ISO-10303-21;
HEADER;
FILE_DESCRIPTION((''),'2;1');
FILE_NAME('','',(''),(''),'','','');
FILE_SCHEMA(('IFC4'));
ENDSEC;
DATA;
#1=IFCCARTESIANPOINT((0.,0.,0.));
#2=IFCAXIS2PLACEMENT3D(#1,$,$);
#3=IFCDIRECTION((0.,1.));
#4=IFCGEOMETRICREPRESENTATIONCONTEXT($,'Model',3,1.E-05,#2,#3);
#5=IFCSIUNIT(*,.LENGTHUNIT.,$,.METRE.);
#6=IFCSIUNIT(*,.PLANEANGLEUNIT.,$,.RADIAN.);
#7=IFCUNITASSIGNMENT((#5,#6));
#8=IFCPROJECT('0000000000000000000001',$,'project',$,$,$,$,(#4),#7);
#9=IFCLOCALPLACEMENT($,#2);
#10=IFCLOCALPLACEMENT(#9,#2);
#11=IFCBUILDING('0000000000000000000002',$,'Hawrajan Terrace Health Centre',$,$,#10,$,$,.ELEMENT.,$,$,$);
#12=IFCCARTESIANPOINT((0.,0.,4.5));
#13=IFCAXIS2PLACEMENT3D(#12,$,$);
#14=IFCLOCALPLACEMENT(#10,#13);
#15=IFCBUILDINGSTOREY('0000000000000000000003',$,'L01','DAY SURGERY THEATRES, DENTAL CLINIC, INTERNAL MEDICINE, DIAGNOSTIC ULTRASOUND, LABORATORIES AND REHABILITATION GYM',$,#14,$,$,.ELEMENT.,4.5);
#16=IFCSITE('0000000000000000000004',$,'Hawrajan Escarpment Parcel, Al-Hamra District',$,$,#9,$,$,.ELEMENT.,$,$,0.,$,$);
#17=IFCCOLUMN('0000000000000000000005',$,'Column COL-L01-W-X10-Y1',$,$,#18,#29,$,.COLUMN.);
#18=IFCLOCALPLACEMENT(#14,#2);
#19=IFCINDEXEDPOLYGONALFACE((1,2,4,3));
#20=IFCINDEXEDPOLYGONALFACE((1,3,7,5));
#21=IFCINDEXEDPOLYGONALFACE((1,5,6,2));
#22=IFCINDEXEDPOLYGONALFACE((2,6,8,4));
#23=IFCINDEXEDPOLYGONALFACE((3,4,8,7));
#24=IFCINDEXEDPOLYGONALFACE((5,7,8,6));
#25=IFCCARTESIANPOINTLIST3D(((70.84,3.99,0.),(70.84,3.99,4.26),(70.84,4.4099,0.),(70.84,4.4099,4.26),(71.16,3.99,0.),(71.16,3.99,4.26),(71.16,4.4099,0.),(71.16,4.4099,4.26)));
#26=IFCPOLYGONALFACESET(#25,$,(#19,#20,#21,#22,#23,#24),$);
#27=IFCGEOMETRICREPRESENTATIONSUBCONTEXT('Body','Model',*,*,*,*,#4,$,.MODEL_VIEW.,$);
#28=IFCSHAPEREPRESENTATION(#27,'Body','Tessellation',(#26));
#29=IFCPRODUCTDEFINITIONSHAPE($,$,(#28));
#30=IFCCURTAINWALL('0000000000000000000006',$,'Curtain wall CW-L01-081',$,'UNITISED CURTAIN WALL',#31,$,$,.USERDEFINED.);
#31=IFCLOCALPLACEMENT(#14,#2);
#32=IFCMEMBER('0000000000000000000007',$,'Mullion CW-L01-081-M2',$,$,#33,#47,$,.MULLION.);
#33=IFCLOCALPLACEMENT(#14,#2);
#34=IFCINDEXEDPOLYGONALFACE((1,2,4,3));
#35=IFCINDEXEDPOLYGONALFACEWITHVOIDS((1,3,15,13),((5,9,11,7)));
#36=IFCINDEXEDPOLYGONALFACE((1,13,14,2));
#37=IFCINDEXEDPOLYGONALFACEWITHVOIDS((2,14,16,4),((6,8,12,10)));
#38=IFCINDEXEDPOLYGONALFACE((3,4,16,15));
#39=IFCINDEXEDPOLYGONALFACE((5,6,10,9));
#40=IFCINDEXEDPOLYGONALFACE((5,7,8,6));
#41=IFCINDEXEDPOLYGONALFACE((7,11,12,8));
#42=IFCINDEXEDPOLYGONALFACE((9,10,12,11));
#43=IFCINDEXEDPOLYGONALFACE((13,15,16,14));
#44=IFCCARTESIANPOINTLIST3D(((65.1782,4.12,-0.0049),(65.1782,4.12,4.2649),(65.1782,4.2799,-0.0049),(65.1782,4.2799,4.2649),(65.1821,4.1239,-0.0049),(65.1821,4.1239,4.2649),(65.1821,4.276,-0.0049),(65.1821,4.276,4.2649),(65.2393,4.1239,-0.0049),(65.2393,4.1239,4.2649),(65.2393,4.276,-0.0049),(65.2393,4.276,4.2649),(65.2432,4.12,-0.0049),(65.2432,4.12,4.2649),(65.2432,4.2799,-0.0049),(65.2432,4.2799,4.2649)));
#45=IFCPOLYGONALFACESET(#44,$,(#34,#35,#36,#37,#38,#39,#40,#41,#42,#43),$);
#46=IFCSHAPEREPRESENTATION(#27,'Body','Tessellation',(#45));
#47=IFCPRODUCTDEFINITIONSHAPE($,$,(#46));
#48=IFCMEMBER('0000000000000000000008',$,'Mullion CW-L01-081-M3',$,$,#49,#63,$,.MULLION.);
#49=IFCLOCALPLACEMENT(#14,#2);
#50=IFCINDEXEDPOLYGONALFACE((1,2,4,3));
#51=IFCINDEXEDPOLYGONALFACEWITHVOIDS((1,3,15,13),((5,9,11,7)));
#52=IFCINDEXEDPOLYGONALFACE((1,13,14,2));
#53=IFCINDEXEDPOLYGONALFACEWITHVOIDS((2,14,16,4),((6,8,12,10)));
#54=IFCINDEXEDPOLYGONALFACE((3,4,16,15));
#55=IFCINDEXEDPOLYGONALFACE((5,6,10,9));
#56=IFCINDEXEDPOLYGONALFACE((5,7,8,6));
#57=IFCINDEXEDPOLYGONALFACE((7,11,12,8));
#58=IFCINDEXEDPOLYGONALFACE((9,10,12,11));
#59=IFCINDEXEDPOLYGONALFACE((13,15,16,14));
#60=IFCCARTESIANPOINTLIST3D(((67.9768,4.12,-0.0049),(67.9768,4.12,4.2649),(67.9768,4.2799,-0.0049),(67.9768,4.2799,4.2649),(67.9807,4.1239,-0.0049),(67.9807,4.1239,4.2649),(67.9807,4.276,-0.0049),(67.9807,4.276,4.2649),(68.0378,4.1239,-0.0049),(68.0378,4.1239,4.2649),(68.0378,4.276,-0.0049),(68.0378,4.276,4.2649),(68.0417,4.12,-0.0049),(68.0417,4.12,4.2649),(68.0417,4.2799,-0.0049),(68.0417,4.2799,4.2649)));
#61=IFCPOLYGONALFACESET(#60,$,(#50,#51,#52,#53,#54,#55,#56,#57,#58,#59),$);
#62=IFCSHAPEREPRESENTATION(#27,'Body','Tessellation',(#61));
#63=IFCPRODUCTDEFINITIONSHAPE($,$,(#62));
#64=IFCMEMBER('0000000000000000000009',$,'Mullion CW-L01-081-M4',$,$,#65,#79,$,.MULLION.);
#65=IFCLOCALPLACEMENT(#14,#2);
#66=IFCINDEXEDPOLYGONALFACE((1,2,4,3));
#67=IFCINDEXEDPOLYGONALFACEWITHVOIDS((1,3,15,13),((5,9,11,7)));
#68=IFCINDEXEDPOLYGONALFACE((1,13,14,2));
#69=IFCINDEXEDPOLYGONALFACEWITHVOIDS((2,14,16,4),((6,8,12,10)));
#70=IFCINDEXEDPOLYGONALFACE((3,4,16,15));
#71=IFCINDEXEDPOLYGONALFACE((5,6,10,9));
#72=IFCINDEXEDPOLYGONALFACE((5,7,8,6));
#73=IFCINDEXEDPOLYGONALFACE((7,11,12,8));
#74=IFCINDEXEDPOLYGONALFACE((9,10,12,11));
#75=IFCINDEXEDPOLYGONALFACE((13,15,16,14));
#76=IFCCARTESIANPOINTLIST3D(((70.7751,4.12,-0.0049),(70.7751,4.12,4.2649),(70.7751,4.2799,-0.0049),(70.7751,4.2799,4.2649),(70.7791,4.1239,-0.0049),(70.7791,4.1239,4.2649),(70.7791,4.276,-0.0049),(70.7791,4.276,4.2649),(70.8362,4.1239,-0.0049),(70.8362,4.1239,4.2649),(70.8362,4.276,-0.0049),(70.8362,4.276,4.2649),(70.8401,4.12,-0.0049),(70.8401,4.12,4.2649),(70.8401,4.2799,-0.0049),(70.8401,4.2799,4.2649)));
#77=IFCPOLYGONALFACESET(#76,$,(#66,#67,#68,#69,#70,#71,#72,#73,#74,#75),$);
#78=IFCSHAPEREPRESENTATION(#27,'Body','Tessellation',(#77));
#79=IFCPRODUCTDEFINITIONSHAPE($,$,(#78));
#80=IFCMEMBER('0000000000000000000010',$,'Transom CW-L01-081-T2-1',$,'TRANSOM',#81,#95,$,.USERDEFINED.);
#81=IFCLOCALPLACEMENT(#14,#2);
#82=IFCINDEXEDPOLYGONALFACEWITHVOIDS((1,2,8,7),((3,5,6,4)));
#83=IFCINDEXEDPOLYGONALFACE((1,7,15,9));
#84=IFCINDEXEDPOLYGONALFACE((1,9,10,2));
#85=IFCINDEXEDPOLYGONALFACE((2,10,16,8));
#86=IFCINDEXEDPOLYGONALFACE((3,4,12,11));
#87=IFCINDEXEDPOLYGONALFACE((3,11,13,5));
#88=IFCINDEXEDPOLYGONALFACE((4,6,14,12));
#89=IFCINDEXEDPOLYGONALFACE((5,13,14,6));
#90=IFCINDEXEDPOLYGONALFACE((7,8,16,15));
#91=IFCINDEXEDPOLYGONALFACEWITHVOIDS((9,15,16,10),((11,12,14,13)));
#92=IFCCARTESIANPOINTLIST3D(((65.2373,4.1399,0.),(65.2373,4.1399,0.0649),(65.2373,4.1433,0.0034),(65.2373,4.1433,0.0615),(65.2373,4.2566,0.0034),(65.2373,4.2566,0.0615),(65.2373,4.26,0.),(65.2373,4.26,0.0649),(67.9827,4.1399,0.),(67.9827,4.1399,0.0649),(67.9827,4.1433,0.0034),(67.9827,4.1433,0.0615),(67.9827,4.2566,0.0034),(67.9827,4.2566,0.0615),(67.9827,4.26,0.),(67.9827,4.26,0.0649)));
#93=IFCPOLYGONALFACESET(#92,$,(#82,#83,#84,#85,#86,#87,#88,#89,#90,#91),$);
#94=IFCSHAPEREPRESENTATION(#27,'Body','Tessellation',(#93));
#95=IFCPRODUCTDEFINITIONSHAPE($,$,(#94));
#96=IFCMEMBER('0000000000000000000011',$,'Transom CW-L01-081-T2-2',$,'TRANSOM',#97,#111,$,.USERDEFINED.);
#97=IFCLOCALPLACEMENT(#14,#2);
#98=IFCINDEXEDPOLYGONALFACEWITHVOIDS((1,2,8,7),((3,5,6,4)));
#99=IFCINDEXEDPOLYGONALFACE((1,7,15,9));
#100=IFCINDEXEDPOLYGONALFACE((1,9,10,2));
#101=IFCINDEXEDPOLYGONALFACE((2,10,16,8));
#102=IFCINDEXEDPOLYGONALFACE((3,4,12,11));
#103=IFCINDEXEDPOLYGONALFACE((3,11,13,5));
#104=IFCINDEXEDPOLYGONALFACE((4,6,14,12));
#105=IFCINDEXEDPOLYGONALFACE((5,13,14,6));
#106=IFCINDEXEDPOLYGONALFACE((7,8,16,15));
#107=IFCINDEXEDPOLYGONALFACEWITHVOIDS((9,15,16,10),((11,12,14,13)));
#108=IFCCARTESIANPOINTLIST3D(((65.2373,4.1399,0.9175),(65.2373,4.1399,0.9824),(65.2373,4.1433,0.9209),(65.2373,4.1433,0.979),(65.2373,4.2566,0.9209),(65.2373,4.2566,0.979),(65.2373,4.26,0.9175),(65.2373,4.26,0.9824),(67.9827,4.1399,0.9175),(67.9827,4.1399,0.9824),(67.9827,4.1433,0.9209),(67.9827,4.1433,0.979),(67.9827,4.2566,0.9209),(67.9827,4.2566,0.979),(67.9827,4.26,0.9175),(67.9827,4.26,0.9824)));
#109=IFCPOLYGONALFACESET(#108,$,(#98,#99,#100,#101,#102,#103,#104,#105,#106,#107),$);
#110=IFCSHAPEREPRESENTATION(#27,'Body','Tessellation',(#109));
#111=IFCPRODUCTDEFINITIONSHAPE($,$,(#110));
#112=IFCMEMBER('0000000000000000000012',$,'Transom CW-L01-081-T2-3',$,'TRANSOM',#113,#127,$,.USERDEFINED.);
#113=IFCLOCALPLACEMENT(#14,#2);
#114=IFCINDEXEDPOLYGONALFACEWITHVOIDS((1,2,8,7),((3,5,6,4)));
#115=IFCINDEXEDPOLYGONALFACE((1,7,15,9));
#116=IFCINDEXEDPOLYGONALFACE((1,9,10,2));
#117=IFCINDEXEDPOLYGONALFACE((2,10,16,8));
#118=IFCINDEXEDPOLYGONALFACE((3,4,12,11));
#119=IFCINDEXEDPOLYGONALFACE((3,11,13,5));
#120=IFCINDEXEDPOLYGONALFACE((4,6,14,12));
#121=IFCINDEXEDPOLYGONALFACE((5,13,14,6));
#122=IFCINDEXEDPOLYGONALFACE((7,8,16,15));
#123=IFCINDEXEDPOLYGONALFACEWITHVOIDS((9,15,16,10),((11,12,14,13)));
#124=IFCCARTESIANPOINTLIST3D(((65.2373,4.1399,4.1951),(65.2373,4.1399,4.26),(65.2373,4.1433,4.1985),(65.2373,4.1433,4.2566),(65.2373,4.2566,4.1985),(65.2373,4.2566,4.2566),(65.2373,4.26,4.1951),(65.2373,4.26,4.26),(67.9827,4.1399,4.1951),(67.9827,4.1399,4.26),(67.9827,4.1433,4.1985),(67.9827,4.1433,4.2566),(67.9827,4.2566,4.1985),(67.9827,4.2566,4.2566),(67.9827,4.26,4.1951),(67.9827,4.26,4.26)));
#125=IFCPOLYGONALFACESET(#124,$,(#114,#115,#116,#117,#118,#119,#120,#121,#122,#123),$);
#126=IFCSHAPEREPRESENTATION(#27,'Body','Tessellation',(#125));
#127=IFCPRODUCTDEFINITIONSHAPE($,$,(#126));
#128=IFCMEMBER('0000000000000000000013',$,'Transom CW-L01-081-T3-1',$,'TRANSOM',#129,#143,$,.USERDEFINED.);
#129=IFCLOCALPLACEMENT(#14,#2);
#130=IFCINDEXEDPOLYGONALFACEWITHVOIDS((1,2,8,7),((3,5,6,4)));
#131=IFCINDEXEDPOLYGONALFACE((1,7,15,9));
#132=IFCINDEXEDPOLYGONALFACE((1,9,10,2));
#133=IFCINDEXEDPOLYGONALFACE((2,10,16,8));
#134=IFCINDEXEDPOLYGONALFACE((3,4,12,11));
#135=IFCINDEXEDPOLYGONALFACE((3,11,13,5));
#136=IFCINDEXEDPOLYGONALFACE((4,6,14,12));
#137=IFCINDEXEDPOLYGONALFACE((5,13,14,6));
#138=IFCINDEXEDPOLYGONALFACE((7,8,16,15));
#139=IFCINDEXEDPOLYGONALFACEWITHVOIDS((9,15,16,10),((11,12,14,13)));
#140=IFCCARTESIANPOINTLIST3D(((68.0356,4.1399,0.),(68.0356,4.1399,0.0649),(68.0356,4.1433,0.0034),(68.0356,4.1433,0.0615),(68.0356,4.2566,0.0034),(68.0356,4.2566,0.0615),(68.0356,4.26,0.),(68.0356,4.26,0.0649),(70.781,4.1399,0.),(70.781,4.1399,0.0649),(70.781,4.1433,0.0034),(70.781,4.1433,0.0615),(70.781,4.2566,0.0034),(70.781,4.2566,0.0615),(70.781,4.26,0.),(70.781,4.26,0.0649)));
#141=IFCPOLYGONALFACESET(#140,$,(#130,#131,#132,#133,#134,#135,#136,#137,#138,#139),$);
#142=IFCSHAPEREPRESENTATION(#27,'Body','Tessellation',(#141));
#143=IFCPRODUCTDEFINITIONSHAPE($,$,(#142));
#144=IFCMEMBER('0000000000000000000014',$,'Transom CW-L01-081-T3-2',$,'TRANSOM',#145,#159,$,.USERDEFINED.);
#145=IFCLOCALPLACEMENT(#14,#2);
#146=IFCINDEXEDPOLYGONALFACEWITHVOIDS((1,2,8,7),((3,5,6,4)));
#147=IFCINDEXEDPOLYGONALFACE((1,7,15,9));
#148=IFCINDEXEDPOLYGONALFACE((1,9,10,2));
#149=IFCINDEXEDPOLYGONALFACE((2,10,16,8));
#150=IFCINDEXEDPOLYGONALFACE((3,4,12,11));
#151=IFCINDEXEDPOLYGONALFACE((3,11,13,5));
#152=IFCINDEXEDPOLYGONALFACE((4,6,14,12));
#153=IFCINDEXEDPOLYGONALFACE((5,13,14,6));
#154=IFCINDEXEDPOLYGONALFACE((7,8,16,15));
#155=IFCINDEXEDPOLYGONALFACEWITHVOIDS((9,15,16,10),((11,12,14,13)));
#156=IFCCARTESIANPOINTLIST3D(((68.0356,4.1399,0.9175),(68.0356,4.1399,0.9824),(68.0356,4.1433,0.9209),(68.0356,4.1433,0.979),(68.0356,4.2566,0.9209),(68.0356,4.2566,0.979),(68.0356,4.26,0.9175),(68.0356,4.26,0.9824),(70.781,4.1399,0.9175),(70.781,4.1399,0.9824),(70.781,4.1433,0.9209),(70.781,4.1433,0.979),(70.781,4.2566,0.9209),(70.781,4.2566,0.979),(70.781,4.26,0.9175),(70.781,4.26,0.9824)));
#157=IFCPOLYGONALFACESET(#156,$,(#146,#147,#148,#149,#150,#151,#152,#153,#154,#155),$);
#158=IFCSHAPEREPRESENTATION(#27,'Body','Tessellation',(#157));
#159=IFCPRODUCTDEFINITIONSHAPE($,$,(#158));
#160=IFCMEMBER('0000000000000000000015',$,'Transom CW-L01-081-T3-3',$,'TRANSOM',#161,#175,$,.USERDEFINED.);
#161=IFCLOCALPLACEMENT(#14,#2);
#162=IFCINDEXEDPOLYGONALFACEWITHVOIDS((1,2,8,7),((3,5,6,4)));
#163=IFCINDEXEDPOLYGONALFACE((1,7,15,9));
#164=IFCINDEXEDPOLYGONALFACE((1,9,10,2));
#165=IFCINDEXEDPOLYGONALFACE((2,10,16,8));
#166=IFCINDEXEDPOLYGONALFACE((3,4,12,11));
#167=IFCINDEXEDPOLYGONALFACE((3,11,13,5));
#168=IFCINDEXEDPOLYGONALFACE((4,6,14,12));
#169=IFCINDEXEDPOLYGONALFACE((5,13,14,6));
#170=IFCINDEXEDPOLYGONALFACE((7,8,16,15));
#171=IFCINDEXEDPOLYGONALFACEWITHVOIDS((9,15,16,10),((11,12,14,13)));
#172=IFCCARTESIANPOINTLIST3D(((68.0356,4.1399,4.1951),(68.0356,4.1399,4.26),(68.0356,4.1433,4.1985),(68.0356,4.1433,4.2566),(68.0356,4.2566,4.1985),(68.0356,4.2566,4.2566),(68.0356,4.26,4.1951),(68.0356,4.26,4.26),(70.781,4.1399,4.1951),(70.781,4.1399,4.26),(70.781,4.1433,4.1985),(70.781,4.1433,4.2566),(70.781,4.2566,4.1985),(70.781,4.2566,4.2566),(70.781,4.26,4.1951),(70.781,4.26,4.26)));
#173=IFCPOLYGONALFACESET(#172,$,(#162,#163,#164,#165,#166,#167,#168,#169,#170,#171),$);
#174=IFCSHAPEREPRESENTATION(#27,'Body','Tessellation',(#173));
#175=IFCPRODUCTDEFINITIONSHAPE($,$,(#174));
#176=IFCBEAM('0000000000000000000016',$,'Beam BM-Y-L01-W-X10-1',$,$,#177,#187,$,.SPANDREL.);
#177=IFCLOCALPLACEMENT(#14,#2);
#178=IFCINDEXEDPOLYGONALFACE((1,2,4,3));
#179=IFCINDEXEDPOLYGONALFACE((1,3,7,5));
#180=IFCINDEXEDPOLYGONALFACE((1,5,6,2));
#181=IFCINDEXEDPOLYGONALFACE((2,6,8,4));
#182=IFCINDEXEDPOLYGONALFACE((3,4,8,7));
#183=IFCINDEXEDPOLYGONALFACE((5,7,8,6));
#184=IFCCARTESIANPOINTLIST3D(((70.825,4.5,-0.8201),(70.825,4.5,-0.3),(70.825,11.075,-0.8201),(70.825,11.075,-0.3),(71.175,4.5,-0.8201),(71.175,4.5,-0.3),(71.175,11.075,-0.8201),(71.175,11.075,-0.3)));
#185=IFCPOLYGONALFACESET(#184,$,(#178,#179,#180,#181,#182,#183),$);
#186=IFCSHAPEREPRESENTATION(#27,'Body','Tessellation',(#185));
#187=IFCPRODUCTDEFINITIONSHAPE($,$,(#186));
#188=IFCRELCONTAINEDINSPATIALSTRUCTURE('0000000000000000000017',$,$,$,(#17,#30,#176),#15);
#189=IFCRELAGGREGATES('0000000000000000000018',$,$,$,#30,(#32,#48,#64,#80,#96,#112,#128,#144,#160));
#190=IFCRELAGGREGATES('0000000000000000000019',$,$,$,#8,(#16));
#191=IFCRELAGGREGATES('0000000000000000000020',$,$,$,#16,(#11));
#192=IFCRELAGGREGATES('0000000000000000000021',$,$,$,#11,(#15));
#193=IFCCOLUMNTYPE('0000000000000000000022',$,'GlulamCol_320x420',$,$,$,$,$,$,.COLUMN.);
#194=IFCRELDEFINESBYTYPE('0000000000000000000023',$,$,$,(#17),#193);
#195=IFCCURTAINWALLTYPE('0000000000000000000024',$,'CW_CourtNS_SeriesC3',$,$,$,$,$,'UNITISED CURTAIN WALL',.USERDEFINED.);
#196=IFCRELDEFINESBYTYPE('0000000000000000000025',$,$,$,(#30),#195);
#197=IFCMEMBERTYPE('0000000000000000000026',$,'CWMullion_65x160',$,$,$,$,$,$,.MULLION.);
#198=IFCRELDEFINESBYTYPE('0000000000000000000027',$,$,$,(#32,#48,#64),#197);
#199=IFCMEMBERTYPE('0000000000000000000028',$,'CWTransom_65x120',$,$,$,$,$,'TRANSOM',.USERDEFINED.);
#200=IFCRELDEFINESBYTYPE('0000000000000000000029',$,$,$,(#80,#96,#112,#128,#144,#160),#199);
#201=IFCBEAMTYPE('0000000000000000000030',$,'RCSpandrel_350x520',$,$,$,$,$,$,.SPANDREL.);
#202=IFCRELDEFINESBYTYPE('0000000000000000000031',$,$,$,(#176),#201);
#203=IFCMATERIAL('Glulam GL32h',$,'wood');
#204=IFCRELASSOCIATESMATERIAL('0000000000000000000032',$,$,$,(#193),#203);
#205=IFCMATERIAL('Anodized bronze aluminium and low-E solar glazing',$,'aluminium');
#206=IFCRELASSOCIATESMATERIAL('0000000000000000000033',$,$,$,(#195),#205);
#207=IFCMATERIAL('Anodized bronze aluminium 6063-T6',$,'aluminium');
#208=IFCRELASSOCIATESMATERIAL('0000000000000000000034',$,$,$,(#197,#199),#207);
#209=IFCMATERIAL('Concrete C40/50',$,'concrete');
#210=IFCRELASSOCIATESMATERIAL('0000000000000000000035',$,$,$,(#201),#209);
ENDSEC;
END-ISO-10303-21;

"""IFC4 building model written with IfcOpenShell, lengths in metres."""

from ifc_helpers import new_model, si_unit, direction, frame, origin, origin_2d, place, context, subcontext, project, spatial, rectangle, hollow_rectangle, extrude, material, material_profile, profile_set, type_object, element, aggregate, save


model = new_model("IFC4")

# Units and contexts
model_context = context("Model", 3, precision=1e-05, world=origin(), true_north=direction((0.0, 1.0)))
body_context = subcontext(model_context, "Body", "Model", "MODEL_VIEW")
ifc_project = project(units=[si_unit("LENGTHUNIT", "METRE"), si_unit("PLANEANGLEUNIT", "RADIAN")], contexts=[model_context])

# Site, building, storey
site_placement = place(None, origin())
site = spatial("IfcSite", under=ifc_project, at=site_placement, Name="Hawrajan Escarpment Parcel, Al-Hamra District", CompositionType="ELEMENT", RefElevation=0.0)
building_placement = place(site_placement, origin())
building = spatial("IfcBuilding", under=site, at=building_placement, Name="Hawrajan Terrace Health Centre", CompositionType="ELEMENT")
storey_placement = place(building_placement, frame((0.0, 0.0, 4.5)))
storey = spatial("IfcBuildingStorey", under=building, at=storey_placement, Name="L01", Description="DAY SURGERY THEATRES, DENTAL CLINIC, INTERNAL MEDICINE, DIAGNOSTIC ULTRASOUND, LABORATORIES AND REHABILITATION GYM", CompositionType="ELEMENT", Elevation=4.5)

# Column
ifc_material_1 = material(Name="Glulam GL32h", Category="wood")
ifc_material_profile_1 = material_profile(ifc_material_1, rectangle(XDim=0.3201, YDim=0.4199, at=origin_2d()), Name="GL 320x420")
ifc_profile_set_1 = profile_set([ifc_material_profile_1], Name="Glulam GL32h")
column_type = type_object("IfcColumnType", Name="GlulamCol_320x420", PredefinedType="COLUMN", material=ifc_profile_set_1)
column_placement = place(storey_placement, frame((71.0, 4.2, 0.0), z_axis=(0.0, 0.0, 1.0), x_axis=(1.0, 0.0, 0.0)))
element("IfcColumn", 1, at=column_placement, inside=storey, type_object=column_type, Name="Column COL-L01-W-X10-Y1", PredefinedType="COLUMN", context=body_context, shape_type="SweptSolid", body=[
    extrude(rectangle(XDim=0.3201, YDim=0.4199, at=origin_2d()), origin(), (0.0, 0.0, 1.0), 4.26),
])

# Curtain wall, members
ifc_material_2 = material(Name="Anodized bronze aluminium and low-E solar glazing", Category="aluminium")
curtain_wall_type = type_object("IfcCurtainWallType", Name="CW_CourtNS_SeriesC3", ElementType="UNITISED CURTAIN WALL", PredefinedType="USERDEFINED", material=ifc_material_2)
curtain_wall_placement = place(storey_placement, origin())
curtain_wall = element("IfcCurtainWall", 2, at=curtain_wall_placement, inside=storey, type_object=curtain_wall_type, Name="Curtain wall CW-L01-081", ObjectType="UNITISED CURTAIN WALL", PredefinedType="USERDEFINED")
ifc_material_3 = material(Name="Anodized bronze aluminium 6063-T6", Category="aluminium")
ifc_material_profile_2 = material_profile(ifc_material_3, hollow_rectangle(XDim=0.0649, YDim=0.1599, WallThickness=0.0039, at=origin_2d()), Name="CW MUL 65x160")
ifc_profile_set_2 = profile_set([ifc_material_profile_2], Name="Anodized bronze aluminium 6063-T6")
member_type_1 = type_object("IfcMemberType", Name="CWMullion_65x160", PredefinedType="MULLION", material=ifc_profile_set_2)
member_1_placement = place(storey_placement, frame((65.2107, 4.2, -0.0049), z_axis=(0.0, 0.0, 1.0), x_axis=(1.0, 0.0, 0.0)))
member_1 = element("IfcMember", 3, at=member_1_placement, type_object=member_type_1, Name="Mullion CW-L01-081-M2", PredefinedType="MULLION", context=body_context, shape_type="SweptSolid", body=[
    extrude(hollow_rectangle(XDim=0.0649, YDim=0.1599, WallThickness=0.0039, at=origin_2d()), origin(), (0.0, 0.0, 1.0), 4.2698),
])
member_2_placement = place(storey_placement, frame((68.0093, 4.2, -0.0049), z_axis=(0.0, 0.0, 1.0), x_axis=(1.0, 0.0, 0.0)))
member_2 = element("IfcMember", 4, at=member_2_placement, type_object=member_type_1, Name="Mullion CW-L01-081-M3", PredefinedType="MULLION", context=body_context, shape_type="SweptSolid", body=[
    extrude(hollow_rectangle(XDim=0.0649, YDim=0.1599, WallThickness=0.0039, at=origin_2d()), origin(), (0.0, 0.0, 1.0), 4.2698),
])
member_3_placement = place(storey_placement, frame((70.8076, 4.2, -0.0049), z_axis=(0.0, 0.0, 1.0), x_axis=(1.0, 0.0, 0.0)))
member_3 = element("IfcMember", 5, at=member_3_placement, type_object=member_type_1, Name="Mullion CW-L01-081-M4", PredefinedType="MULLION", context=body_context, shape_type="SweptSolid", body=[
    extrude(hollow_rectangle(XDim=0.0649, YDim=0.1599, WallThickness=0.0039, at=origin_2d()), origin(), (0.0, 0.0, 1.0), 4.2698),
])
ifc_material_profile_3 = material_profile(ifc_material_3, hollow_rectangle(XDim=0.0649, YDim=0.1201, WallThickness=0.0034, at=origin_2d()), Name="CW TRN 65x120")
ifc_profile_set_3 = profile_set([ifc_material_profile_3], Name="Anodized bronze aluminium 6063-T6")
member_type_2 = type_object("IfcMemberType", Name="CWTransom_65x120", ElementType="TRANSOM", PredefinedType="USERDEFINED", material=ifc_profile_set_3)
member_4_placement = place(storey_placement, frame((65.2373, 4.2, 0.0325), z_axis=(1.0, 0.0, 0.0), x_axis=(0.0, 0.0, 1.0)))
member_4 = element("IfcMember", 6, at=member_4_placement, type_object=member_type_2, Name="Transom CW-L01-081-T2-1", ObjectType="TRANSOM", PredefinedType="USERDEFINED", context=body_context, shape_type="SweptSolid", body=[
    extrude(hollow_rectangle(XDim=0.0649, YDim=0.1201, WallThickness=0.0034, at=origin_2d()), origin(), (0.0, 0.0, 1.0), 2.7454),
])
member_5_placement = place(storey_placement, frame((65.2373, 4.2, 0.95), z_axis=(1.0, 0.0, 0.0), x_axis=(0.0, 0.0, 1.0)))
member_5 = element("IfcMember", 7, at=member_5_placement, type_object=member_type_2, Name="Transom CW-L01-081-T2-2", ObjectType="TRANSOM", PredefinedType="USERDEFINED", context=body_context, shape_type="SweptSolid", body=[
    extrude(hollow_rectangle(XDim=0.0649, YDim=0.1201, WallThickness=0.0034, at=origin_2d()), origin(), (0.0, 0.0, 1.0), 2.7454),
])
member_6_placement = place(storey_placement, frame((65.2373, 4.2, 4.2275), z_axis=(1.0, 0.0, 0.0), x_axis=(0.0, 0.0, 1.0)))
member_6 = element("IfcMember", 8, at=member_6_placement, type_object=member_type_2, Name="Transom CW-L01-081-T2-3", ObjectType="TRANSOM", PredefinedType="USERDEFINED", context=body_context, shape_type="SweptSolid", body=[
    extrude(hollow_rectangle(XDim=0.0649, YDim=0.1201, WallThickness=0.0034, at=origin_2d()), origin(), (0.0, 0.0, 1.0), 2.7454),
])
member_7_placement = place(storey_placement, frame((68.0356, 4.2, 0.0325), z_axis=(1.0, 0.0, 0.0), x_axis=(0.0, 0.0, 1.0)))
member_7 = element("IfcMember", 9, at=member_7_placement, type_object=member_type_2, Name="Transom CW-L01-081-T3-1", ObjectType="TRANSOM", PredefinedType="USERDEFINED", context=body_context, shape_type="SweptSolid", body=[
    extrude(hollow_rectangle(XDim=0.0649, YDim=0.1201, WallThickness=0.0034, at=origin_2d()), origin(), (0.0, 0.0, 1.0), 2.7454),
])
member_8_placement = place(storey_placement, frame((68.0356, 4.2, 0.95), z_axis=(1.0, 0.0, 0.0), x_axis=(0.0, 0.0, 1.0)))
member_8 = element("IfcMember", 10, at=member_8_placement, type_object=member_type_2, Name="Transom CW-L01-081-T3-2", ObjectType="TRANSOM", PredefinedType="USERDEFINED", context=body_context, shape_type="SweptSolid", body=[
    extrude(hollow_rectangle(XDim=0.0649, YDim=0.1201, WallThickness=0.0034, at=origin_2d()), origin(), (0.0, 0.0, 1.0), 2.7454),
])
member_9_placement = place(storey_placement, frame((68.0356, 4.2, 4.2275), z_axis=(1.0, 0.0, 0.0), x_axis=(0.0, 0.0, 1.0)))
member_9 = element("IfcMember", 11, at=member_9_placement, type_object=member_type_2, Name="Transom CW-L01-081-T3-3", ObjectType="TRANSOM", PredefinedType="USERDEFINED", context=body_context, shape_type="SweptSolid", body=[
    extrude(hollow_rectangle(XDim=0.0649, YDim=0.1201, WallThickness=0.0034, at=origin_2d()), origin(), (0.0, 0.0, 1.0), 2.7454),
])

# Beam
ifc_material_4 = material(Name="Concrete C40/50", Category="concrete")
ifc_material_profile_4 = material_profile(ifc_material_4, rectangle(XDim=0.3501, YDim=0.52, at=origin_2d()), Name="RC SP 350x520")
ifc_profile_set_4 = profile_set([ifc_material_profile_4], Name="Concrete C40/50")
beam_type_1 = type_object("IfcBeamType", Name="RCSpandrel_350x520", PredefinedType="SPANDREL", material=ifc_profile_set_4)
beam_1_placement = place(storey_placement, frame((71.0, 4.5, -0.5601), z_axis=(0.0, 1.0, 0.0), x_axis=(-1.0, 0.0, 0.0)))
element("IfcBeam", 12, at=beam_1_placement, inside=storey, type_object=beam_type_1, Name="Beam BM-Y-L01-W-X10-1", PredefinedType="SPANDREL", context=body_context, shape_type="SweptSolid", body=[
    extrude(rectangle(XDim=0.3501, YDim=0.52, at=origin_2d()), origin(), (0.0, 0.0, 1.0), 6.575),
])

aggregate(curtain_wall, [member_1, member_2, member_3, member_4, member_5, member_6, member_7, member_8, member_9])

save(model, "model.ifc")
